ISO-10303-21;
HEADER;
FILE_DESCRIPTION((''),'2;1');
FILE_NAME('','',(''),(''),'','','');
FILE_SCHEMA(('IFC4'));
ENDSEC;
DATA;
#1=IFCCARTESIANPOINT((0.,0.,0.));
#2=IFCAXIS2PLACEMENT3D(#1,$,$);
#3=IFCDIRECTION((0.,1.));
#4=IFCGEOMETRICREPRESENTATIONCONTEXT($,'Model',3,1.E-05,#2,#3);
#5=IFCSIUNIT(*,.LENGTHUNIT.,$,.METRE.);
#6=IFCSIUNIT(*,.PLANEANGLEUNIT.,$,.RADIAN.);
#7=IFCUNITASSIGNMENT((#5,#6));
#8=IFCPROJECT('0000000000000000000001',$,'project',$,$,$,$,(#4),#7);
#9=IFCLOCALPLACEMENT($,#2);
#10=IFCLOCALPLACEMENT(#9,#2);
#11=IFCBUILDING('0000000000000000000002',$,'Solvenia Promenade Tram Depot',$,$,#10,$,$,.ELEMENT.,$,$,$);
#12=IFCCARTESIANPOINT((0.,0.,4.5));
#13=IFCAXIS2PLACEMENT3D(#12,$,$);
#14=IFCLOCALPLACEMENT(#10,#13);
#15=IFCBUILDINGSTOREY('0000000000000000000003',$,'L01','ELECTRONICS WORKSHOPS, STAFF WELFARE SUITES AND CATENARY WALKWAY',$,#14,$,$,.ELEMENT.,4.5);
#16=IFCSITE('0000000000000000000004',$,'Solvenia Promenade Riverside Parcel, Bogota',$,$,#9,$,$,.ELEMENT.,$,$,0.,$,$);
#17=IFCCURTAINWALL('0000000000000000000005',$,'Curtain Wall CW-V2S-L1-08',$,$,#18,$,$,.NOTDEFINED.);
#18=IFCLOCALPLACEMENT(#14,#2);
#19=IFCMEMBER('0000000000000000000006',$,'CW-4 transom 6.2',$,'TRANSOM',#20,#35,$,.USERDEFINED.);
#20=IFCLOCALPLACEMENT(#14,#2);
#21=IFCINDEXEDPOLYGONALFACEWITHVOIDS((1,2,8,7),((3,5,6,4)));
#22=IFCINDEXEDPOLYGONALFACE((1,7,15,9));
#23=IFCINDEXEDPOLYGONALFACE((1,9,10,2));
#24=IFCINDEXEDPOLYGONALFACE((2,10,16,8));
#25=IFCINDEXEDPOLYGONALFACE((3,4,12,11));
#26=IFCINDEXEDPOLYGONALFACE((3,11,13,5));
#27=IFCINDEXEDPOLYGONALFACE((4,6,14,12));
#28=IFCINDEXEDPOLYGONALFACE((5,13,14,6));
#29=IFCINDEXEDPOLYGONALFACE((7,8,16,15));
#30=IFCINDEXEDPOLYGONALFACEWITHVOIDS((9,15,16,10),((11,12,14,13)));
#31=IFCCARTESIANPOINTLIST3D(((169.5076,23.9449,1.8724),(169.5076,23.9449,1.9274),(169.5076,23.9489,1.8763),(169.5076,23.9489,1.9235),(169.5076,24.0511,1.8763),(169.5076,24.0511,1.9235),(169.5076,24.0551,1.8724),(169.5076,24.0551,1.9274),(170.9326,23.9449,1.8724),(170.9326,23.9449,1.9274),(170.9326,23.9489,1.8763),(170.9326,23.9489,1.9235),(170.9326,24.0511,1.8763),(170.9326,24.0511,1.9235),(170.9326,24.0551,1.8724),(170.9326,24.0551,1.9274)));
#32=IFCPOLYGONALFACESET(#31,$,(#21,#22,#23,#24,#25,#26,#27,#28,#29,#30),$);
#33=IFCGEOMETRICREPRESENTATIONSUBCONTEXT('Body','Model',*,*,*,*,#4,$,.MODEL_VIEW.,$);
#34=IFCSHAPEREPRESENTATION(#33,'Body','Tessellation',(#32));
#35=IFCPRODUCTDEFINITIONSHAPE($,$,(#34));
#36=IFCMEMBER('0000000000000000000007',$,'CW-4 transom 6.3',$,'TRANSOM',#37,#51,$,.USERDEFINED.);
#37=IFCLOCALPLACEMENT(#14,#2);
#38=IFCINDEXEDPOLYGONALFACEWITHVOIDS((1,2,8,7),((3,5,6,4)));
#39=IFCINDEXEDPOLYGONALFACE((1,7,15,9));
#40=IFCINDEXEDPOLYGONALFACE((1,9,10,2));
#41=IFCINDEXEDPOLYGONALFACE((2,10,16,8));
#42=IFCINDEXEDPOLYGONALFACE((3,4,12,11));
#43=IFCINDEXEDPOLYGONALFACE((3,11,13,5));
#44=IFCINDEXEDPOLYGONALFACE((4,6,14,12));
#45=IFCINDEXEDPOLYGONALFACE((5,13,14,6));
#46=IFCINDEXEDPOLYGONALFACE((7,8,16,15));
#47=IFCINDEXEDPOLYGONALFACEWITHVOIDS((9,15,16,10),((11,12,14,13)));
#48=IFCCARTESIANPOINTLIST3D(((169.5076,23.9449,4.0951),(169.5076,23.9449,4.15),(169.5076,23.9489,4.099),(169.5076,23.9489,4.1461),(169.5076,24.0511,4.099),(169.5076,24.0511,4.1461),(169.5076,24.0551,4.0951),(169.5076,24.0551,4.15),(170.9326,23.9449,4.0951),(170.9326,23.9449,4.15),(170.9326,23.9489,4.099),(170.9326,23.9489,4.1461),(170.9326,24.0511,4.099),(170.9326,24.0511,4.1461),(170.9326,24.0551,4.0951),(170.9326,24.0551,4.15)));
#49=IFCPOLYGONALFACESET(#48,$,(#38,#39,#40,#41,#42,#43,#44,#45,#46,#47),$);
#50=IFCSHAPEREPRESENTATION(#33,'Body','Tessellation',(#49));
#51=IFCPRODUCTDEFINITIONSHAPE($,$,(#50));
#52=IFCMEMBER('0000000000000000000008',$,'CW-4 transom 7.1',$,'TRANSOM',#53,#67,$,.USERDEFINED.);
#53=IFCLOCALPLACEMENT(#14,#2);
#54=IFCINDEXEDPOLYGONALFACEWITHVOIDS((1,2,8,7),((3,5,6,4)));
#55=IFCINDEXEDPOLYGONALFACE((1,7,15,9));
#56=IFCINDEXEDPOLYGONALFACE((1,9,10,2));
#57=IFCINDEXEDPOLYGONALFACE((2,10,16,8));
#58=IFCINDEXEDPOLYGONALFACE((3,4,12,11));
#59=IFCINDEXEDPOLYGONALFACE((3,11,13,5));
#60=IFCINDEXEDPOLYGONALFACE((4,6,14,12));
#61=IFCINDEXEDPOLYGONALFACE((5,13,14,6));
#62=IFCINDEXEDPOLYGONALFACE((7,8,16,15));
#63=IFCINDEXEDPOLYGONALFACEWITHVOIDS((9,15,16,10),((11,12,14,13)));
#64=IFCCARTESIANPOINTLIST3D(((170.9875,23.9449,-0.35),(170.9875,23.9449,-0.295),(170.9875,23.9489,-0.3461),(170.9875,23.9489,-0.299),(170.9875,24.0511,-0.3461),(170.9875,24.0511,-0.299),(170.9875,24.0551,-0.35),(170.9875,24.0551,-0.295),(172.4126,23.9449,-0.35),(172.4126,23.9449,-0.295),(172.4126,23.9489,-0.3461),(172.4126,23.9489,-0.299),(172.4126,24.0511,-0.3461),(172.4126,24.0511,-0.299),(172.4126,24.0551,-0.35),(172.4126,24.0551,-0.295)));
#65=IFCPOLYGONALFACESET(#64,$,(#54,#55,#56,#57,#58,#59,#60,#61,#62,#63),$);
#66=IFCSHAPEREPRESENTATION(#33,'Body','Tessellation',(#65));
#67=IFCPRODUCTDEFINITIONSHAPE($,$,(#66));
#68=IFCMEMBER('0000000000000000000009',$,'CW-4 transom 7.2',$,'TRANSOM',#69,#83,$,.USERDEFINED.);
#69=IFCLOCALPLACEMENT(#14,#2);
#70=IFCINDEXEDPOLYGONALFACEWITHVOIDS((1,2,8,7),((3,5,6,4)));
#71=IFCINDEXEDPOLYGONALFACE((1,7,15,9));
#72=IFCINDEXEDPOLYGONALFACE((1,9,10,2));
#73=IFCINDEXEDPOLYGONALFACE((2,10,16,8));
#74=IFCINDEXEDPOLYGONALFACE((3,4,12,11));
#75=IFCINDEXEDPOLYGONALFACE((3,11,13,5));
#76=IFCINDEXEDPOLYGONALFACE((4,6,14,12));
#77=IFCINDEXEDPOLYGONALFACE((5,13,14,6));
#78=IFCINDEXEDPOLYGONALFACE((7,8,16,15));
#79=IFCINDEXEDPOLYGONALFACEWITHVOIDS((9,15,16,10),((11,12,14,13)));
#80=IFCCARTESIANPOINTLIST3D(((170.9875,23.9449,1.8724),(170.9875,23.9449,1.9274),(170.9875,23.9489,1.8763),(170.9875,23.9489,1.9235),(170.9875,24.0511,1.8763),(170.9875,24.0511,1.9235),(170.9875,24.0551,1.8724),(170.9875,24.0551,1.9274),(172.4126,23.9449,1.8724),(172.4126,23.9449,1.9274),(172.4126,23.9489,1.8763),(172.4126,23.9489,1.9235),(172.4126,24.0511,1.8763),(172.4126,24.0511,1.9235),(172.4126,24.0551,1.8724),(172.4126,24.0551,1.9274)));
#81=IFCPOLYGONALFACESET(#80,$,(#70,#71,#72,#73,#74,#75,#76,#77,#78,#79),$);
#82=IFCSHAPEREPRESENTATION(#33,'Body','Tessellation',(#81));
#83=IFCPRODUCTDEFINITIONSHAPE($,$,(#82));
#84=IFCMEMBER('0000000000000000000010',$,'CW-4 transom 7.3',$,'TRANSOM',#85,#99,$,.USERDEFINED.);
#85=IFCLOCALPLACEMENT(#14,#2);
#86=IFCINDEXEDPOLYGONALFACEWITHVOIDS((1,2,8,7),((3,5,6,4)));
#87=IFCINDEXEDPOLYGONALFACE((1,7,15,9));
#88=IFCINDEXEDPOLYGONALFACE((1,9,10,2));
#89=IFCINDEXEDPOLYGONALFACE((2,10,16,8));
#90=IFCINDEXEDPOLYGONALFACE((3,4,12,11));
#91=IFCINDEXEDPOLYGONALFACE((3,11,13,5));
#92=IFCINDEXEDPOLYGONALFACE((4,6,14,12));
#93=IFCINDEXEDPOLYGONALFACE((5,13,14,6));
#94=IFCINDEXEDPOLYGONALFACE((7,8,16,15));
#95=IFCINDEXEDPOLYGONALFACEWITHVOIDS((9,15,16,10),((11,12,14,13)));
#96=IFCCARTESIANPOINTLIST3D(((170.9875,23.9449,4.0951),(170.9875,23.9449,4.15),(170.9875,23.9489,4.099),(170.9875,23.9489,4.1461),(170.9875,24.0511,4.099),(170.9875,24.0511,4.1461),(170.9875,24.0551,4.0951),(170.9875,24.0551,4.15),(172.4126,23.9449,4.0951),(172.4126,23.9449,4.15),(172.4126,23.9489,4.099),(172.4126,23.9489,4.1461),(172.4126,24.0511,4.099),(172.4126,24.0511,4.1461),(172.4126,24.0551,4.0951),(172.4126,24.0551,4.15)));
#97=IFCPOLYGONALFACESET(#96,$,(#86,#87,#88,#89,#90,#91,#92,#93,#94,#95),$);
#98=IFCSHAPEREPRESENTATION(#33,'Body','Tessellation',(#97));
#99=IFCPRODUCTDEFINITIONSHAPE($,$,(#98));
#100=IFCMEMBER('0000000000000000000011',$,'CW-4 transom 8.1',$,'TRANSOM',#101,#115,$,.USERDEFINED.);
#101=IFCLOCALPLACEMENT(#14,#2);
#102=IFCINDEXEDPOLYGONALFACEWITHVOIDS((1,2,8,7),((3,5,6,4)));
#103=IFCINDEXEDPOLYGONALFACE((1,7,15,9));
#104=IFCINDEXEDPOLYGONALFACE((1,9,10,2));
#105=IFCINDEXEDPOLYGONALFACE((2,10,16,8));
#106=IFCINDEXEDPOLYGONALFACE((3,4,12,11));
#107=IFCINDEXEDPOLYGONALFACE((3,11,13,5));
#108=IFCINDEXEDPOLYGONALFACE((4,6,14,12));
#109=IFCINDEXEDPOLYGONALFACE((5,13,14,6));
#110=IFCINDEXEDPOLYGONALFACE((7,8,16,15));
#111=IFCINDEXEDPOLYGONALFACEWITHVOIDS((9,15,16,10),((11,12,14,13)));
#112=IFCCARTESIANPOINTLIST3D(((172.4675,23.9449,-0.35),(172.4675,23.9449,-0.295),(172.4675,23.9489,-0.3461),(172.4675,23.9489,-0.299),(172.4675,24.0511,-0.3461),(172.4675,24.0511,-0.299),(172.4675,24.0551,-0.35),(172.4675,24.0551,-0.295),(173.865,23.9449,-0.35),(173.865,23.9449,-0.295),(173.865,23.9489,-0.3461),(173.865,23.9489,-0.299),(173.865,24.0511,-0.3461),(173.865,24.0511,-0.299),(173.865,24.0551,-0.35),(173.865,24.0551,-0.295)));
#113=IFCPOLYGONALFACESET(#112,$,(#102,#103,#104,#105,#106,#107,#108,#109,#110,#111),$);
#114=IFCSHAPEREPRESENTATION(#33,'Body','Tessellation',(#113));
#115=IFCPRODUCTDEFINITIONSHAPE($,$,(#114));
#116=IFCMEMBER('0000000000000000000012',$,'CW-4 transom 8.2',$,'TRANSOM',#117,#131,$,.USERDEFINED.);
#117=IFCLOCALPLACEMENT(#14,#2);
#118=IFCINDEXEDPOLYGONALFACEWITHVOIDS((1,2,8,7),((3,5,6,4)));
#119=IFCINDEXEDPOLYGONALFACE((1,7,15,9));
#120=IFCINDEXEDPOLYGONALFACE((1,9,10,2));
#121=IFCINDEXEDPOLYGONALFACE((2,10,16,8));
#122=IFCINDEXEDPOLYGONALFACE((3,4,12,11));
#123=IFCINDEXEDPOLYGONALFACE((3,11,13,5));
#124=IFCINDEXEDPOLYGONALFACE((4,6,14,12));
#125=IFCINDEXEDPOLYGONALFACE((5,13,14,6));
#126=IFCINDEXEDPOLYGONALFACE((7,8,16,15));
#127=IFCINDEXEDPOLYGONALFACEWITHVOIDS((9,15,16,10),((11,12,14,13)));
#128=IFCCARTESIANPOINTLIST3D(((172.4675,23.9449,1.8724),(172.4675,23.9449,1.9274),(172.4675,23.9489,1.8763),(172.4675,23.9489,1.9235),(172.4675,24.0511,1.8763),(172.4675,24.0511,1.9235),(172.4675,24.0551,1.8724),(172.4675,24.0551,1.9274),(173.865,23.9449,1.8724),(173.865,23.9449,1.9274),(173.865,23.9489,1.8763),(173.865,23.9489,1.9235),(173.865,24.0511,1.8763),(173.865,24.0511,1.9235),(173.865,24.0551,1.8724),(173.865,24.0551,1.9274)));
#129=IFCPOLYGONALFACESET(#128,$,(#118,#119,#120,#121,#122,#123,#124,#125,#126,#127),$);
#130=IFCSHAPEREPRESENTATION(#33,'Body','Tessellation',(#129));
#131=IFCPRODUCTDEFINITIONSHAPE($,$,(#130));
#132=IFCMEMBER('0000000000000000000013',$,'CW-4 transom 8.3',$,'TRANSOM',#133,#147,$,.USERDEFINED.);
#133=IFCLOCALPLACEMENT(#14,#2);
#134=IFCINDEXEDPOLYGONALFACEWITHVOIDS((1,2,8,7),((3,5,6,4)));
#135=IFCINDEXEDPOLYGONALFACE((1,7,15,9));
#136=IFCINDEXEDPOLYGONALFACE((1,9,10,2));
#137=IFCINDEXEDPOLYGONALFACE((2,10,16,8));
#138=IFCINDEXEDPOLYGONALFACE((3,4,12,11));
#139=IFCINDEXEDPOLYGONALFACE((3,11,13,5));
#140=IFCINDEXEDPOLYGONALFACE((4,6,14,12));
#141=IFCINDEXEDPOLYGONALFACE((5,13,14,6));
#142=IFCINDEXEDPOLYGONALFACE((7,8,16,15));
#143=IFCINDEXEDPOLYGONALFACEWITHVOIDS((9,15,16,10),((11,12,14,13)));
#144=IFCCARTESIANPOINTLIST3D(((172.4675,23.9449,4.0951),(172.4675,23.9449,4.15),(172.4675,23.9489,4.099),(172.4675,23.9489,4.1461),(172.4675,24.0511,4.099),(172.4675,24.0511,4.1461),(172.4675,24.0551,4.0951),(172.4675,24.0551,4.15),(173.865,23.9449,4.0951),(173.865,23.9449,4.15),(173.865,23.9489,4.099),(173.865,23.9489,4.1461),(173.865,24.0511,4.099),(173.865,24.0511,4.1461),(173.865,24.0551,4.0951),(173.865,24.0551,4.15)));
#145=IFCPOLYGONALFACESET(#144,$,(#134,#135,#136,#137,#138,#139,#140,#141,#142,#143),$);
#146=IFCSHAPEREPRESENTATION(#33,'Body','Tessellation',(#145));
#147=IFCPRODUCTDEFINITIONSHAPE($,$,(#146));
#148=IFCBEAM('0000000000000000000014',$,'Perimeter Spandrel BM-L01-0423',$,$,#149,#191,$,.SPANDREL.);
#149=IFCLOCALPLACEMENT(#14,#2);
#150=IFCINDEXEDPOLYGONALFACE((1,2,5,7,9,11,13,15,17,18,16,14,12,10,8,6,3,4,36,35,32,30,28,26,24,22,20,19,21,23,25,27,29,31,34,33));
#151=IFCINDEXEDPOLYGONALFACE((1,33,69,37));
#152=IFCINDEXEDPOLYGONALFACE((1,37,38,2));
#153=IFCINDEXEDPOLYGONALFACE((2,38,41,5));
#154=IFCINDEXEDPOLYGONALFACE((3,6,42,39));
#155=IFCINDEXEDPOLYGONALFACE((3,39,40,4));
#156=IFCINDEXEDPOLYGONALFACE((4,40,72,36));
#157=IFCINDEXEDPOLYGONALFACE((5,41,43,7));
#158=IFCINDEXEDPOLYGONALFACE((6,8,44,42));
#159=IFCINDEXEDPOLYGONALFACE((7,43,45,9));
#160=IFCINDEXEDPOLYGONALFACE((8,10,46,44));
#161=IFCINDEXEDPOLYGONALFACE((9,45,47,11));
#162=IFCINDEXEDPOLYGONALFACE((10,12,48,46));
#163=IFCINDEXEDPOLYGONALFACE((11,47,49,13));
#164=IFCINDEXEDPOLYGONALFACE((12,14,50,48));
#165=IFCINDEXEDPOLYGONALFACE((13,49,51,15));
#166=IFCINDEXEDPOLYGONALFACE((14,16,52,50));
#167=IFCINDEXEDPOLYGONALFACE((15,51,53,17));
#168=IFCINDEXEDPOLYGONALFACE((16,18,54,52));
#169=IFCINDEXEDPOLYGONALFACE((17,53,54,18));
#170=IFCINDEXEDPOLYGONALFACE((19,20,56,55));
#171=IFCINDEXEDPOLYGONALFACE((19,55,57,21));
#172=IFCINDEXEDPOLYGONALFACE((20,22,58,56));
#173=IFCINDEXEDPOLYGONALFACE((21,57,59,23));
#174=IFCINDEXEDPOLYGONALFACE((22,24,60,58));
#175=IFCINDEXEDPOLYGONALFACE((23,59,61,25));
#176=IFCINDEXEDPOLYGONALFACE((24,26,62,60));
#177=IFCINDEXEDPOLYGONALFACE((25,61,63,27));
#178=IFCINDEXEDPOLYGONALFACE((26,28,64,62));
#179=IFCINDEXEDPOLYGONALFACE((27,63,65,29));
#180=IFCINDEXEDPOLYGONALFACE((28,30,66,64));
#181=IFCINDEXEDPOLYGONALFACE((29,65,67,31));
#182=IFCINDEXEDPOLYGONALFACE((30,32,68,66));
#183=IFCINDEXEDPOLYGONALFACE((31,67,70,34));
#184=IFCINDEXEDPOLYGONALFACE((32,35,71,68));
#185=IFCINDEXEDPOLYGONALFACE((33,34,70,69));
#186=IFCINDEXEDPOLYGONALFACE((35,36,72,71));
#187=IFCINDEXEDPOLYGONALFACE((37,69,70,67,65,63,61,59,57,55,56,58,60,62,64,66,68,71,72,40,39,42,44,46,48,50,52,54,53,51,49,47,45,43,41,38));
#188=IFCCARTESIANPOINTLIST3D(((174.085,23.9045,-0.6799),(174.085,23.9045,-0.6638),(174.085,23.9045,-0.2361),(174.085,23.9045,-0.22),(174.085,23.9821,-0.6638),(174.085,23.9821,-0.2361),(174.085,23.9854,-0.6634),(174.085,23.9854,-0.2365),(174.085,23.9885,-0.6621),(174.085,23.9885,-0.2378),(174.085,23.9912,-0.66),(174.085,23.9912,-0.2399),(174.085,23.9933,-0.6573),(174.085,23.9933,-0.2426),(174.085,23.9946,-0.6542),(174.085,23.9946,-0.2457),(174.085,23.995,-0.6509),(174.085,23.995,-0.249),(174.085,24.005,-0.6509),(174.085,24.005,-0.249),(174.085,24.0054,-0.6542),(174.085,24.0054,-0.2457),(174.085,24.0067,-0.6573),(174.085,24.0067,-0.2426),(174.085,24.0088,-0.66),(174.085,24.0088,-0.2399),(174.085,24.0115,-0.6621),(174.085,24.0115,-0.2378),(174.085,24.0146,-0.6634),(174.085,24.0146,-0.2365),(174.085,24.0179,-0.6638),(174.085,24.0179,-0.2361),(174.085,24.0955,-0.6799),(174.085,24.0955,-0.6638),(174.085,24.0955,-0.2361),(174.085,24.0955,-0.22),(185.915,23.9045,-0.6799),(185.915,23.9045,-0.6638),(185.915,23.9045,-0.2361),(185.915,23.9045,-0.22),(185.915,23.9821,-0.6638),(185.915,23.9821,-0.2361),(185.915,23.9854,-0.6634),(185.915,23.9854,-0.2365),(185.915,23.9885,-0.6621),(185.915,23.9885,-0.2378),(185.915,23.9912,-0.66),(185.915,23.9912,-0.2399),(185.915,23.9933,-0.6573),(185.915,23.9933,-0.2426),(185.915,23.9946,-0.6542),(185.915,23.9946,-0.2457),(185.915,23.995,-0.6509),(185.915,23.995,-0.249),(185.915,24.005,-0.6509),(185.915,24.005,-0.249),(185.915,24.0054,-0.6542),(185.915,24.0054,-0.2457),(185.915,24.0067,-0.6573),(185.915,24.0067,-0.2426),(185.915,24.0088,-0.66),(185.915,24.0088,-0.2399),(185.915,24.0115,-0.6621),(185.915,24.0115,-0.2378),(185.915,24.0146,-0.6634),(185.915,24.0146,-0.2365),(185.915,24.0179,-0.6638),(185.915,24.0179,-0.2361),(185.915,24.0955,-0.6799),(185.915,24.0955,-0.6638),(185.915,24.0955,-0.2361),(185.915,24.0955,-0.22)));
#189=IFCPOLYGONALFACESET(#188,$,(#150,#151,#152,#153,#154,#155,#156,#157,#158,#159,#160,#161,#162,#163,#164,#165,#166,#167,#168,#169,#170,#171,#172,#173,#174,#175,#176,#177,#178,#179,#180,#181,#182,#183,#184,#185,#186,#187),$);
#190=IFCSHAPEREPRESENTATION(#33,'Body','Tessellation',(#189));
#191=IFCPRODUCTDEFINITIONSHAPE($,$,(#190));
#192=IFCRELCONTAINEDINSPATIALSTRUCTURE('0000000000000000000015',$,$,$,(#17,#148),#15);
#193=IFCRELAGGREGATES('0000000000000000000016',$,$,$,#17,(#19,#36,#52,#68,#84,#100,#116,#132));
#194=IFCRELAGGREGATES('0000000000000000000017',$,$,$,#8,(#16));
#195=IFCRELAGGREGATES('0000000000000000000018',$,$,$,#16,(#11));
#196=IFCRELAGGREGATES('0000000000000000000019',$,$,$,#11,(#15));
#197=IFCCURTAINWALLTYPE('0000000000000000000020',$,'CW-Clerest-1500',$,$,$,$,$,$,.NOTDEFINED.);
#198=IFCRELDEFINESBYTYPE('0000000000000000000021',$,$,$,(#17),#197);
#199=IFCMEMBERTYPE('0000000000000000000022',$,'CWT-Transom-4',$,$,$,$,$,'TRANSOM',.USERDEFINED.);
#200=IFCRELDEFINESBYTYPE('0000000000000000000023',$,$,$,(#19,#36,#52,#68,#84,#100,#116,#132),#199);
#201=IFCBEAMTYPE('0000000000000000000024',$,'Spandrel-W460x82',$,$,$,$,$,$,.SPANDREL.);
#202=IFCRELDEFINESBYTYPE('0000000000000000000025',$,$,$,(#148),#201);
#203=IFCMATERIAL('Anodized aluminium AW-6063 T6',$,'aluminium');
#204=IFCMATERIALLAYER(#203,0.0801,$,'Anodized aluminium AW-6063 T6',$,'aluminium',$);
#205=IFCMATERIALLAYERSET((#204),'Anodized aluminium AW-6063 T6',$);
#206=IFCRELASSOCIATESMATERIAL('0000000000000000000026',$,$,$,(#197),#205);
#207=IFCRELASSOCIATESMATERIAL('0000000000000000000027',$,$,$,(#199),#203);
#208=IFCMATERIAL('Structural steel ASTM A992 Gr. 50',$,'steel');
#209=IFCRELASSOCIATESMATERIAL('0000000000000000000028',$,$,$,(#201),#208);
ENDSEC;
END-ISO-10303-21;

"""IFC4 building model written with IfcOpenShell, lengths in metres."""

from ifc_helpers import new_model, si_unit, direction, frame, origin, origin_2d, place, context, subcontext, project, spatial, hollow_rectangle, i_section, extrude, material, layer, layer_set, material_profile, profile_set, type_object, element, aggregate, save


model = new_model("IFC4")

# Units and contexts
model_context = context("Model", 3, precision=1e-05, world=origin(), true_north=direction((0.0, 1.0)))
body_context = subcontext(model_context, "Body", "Model", "MODEL_VIEW")
ifc_project = project(units=[si_unit("LENGTHUNIT", "METRE"), si_unit("PLANEANGLEUNIT", "RADIAN")], contexts=[model_context])

# Site, building, storey
site_placement = place(None, origin())
site = spatial("IfcSite", under=ifc_project, at=site_placement, Name="Solvenia Promenade Riverside Parcel, Bogota", CompositionType="ELEMENT", RefElevation=0.0)
building_placement = place(site_placement, origin())
building = spatial("IfcBuilding", under=site, at=building_placement, Name="Solvenia Promenade Tram Depot", CompositionType="ELEMENT")
storey_placement = place(building_placement, frame((0.0, 0.0, 4.5)))
storey = spatial("IfcBuildingStorey", under=building, at=storey_placement, Name="L01", Description="ELECTRONICS WORKSHOPS, STAFF WELFARE SUITES AND CATENARY WALKWAY", CompositionType="ELEMENT", Elevation=4.5)

# Shared definitions
ifc_material_1 = material(Name="Structural steel ASTM A992 Gr. 50", Category="steel")

# Curtain wall
ifc_material_2 = material(Name="Anodized aluminium AW-6063 T6", Category="aluminium")
ifc_layer_1 = layer(ifc_material_2, 0.0801, Name="Anodized aluminium AW-6063 T6", Category="aluminium")
ifc_layer_set_1 = layer_set([ifc_layer_1], Name="Anodized aluminium AW-6063 T6")
curtain_wall_type = type_object("IfcCurtainWallType", Name="CW-Clerest-1500", PredefinedType="NOTDEFINED", material=ifc_layer_set_1)
curtain_wall_1_placement = place(storey_placement, origin())
curtain_wall_1 = element("IfcCurtainWall", 1, at=curtain_wall_1_placement, inside=storey, type_object=curtain_wall_type, Name="Curtain Wall CW-V2S-L1-08", PredefinedType="NOTDEFINED")

# Members
ifc_material_profile_1 = material_profile(ifc_material_2, hollow_rectangle(XDim=0.1101, YDim=0.0549, WallThickness=0.0039, at=origin_2d()), Name="ALU-T4", Category="aluminium")
ifc_profile_set_1 = profile_set([ifc_material_profile_1], Name="Anodized aluminium AW-6063 T6")
member_type_1 = type_object("IfcMemberType", Name="CWT-Transom-4", ElementType="TRANSOM", PredefinedType="USERDEFINED", material=ifc_profile_set_1)
member_1_placement = place(storey_placement, frame((169.5076, 24.0, 1.8999), z_axis=(1.0, 0.0, 0.0), x_axis=(0.0, 1.0, 0.0)))
member_1 = element("IfcMember", 2, at=member_1_placement, type_object=member_type_1, Name="CW-4 transom 6.2", ObjectType="TRANSOM", PredefinedType="USERDEFINED", context=body_context, shape_type="SweptSolid", body=[
    extrude(hollow_rectangle(XDim=0.1101, YDim=0.0549, WallThickness=0.0039, at=origin_2d()), origin(), (0.0, 0.0, 1.0), 1.425),
])
member_2_placement = place(storey_placement, frame((169.5076, 24.0, 4.1226), z_axis=(1.0, 0.0, 0.0), x_axis=(0.0, 1.0, 0.0)))
member_2 = element("IfcMember", 3, at=member_2_placement, type_object=member_type_1, Name="CW-4 transom 6.3", ObjectType="TRANSOM", PredefinedType="USERDEFINED", context=body_context, shape_type="SweptSolid", body=[
    extrude(hollow_rectangle(XDim=0.1101, YDim=0.0549, WallThickness=0.0039, at=origin_2d()), origin(), (0.0, 0.0, 1.0), 1.425),
])
member_3_placement = place(storey_placement, frame((170.9875, 24.0, -0.3225), z_axis=(1.0, 0.0, 0.0), x_axis=(0.0, 1.0, 0.0)))
member_3 = element("IfcMember", 4, at=member_3_placement, type_object=member_type_1, Name="CW-4 transom 7.1", ObjectType="TRANSOM", PredefinedType="USERDEFINED", context=body_context, shape_type="SweptSolid", body=[
    extrude(hollow_rectangle(XDim=0.1101, YDim=0.0549, WallThickness=0.0039, at=origin_2d()), origin(), (0.0, 0.0, 1.0), 1.425),
])
member_4_placement = place(storey_placement, frame((170.9875, 24.0, 1.8999), z_axis=(1.0, 0.0, 0.0), x_axis=(0.0, 1.0, 0.0)))
member_4 = element("IfcMember", 5, at=member_4_placement, type_object=member_type_1, Name="CW-4 transom 7.2", ObjectType="TRANSOM", PredefinedType="USERDEFINED", context=body_context, shape_type="SweptSolid", body=[
    extrude(hollow_rectangle(XDim=0.1101, YDim=0.0549, WallThickness=0.0039, at=origin_2d()), origin(), (0.0, 0.0, 1.0), 1.425),
])
member_5_placement = place(storey_placement, frame((170.9875, 24.0, 4.1226), z_axis=(1.0, 0.0, 0.0), x_axis=(0.0, 1.0, 0.0)))
member_5 = element("IfcMember", 6, at=member_5_placement, type_object=member_type_1, Name="CW-4 transom 7.3", ObjectType="TRANSOM", PredefinedType="USERDEFINED", context=body_context, shape_type="SweptSolid", body=[
    extrude(hollow_rectangle(XDim=0.1101, YDim=0.0549, WallThickness=0.0039, at=origin_2d()), origin(), (0.0, 0.0, 1.0), 1.425),
])
member_6_placement = place(storey_placement, frame((172.4675, 24.0, -0.3225), z_axis=(1.0, 0.0, 0.0), x_axis=(0.0, 1.0, 0.0)))
member_6 = element("IfcMember", 7, at=member_6_placement, type_object=member_type_1, Name="CW-4 transom 8.1", ObjectType="TRANSOM", PredefinedType="USERDEFINED", context=body_context, shape_type="SweptSolid", body=[
    extrude(hollow_rectangle(XDim=0.1101, YDim=0.0549, WallThickness=0.0039, at=origin_2d()), origin(), (0.0, 0.0, 1.0), 1.3975),
])
member_7_placement = place(storey_placement, frame((172.4675, 24.0, 1.8999), z_axis=(1.0, 0.0, 0.0), x_axis=(0.0, 1.0, 0.0)))
member_7 = element("IfcMember", 8, at=member_7_placement, type_object=member_type_1, Name="CW-4 transom 8.2", ObjectType="TRANSOM", PredefinedType="USERDEFINED", context=body_context, shape_type="SweptSolid", body=[
    extrude(hollow_rectangle(XDim=0.1101, YDim=0.0549, WallThickness=0.0039, at=origin_2d()), origin(), (0.0, 0.0, 1.0), 1.3975),
])
member_8_placement = place(storey_placement, frame((172.4675, 24.0, 4.1226), z_axis=(1.0, 0.0, 0.0), x_axis=(0.0, 1.0, 0.0)))
member_8 = element("IfcMember", 9, at=member_8_placement, type_object=member_type_1, Name="CW-4 transom 8.3", ObjectType="TRANSOM", PredefinedType="USERDEFINED", context=body_context, shape_type="SweptSolid", body=[
    extrude(hollow_rectangle(XDim=0.1101, YDim=0.0549, WallThickness=0.0039, at=origin_2d()), origin(), (0.0, 0.0, 1.0), 1.3975),
])

# Beam
ifc_material_profile_2 = material_profile(ifc_material_1, i_section(OverallWidth=0.1909, OverallDepth=0.46, WebThickness=0.01, FlangeThickness=0.0161, FilletRadius=0.0129, at=origin_2d()), Name="W460x82", Category="steel")
ifc_profile_set_2 = profile_set([ifc_material_profile_2], Name="Structural steel ASTM A992 Gr. 50")
beam_type = type_object("IfcBeamType", Name="Spandrel-W460x82", PredefinedType="SPANDREL", material=ifc_profile_set_2)
beam_placement = place(storey_placement, frame((174.085, 24.0, -0.45), z_axis=(1.0, 0.0, 0.0), x_axis=(0.0, 1.0, 0.0)))
element("IfcBeam", 10, at=beam_placement, inside=storey, type_object=beam_type, Name="Perimeter Spandrel BM-L01-0423", PredefinedType="SPANDREL", context=body_context, shape_type="SweptSolid", body=[
    extrude(i_section(OverallWidth=0.1909, OverallDepth=0.46, WebThickness=0.01, FlangeThickness=0.0161, FilletRadius=0.0129, at=origin_2d()), origin(), (0.0, 0.0, 1.0), 11.8301),
])

aggregate(curtain_wall_1, [member_1, member_2, member_3, member_4, member_5, member_6, member_7, member_8])

save(model, "model.ifc")
